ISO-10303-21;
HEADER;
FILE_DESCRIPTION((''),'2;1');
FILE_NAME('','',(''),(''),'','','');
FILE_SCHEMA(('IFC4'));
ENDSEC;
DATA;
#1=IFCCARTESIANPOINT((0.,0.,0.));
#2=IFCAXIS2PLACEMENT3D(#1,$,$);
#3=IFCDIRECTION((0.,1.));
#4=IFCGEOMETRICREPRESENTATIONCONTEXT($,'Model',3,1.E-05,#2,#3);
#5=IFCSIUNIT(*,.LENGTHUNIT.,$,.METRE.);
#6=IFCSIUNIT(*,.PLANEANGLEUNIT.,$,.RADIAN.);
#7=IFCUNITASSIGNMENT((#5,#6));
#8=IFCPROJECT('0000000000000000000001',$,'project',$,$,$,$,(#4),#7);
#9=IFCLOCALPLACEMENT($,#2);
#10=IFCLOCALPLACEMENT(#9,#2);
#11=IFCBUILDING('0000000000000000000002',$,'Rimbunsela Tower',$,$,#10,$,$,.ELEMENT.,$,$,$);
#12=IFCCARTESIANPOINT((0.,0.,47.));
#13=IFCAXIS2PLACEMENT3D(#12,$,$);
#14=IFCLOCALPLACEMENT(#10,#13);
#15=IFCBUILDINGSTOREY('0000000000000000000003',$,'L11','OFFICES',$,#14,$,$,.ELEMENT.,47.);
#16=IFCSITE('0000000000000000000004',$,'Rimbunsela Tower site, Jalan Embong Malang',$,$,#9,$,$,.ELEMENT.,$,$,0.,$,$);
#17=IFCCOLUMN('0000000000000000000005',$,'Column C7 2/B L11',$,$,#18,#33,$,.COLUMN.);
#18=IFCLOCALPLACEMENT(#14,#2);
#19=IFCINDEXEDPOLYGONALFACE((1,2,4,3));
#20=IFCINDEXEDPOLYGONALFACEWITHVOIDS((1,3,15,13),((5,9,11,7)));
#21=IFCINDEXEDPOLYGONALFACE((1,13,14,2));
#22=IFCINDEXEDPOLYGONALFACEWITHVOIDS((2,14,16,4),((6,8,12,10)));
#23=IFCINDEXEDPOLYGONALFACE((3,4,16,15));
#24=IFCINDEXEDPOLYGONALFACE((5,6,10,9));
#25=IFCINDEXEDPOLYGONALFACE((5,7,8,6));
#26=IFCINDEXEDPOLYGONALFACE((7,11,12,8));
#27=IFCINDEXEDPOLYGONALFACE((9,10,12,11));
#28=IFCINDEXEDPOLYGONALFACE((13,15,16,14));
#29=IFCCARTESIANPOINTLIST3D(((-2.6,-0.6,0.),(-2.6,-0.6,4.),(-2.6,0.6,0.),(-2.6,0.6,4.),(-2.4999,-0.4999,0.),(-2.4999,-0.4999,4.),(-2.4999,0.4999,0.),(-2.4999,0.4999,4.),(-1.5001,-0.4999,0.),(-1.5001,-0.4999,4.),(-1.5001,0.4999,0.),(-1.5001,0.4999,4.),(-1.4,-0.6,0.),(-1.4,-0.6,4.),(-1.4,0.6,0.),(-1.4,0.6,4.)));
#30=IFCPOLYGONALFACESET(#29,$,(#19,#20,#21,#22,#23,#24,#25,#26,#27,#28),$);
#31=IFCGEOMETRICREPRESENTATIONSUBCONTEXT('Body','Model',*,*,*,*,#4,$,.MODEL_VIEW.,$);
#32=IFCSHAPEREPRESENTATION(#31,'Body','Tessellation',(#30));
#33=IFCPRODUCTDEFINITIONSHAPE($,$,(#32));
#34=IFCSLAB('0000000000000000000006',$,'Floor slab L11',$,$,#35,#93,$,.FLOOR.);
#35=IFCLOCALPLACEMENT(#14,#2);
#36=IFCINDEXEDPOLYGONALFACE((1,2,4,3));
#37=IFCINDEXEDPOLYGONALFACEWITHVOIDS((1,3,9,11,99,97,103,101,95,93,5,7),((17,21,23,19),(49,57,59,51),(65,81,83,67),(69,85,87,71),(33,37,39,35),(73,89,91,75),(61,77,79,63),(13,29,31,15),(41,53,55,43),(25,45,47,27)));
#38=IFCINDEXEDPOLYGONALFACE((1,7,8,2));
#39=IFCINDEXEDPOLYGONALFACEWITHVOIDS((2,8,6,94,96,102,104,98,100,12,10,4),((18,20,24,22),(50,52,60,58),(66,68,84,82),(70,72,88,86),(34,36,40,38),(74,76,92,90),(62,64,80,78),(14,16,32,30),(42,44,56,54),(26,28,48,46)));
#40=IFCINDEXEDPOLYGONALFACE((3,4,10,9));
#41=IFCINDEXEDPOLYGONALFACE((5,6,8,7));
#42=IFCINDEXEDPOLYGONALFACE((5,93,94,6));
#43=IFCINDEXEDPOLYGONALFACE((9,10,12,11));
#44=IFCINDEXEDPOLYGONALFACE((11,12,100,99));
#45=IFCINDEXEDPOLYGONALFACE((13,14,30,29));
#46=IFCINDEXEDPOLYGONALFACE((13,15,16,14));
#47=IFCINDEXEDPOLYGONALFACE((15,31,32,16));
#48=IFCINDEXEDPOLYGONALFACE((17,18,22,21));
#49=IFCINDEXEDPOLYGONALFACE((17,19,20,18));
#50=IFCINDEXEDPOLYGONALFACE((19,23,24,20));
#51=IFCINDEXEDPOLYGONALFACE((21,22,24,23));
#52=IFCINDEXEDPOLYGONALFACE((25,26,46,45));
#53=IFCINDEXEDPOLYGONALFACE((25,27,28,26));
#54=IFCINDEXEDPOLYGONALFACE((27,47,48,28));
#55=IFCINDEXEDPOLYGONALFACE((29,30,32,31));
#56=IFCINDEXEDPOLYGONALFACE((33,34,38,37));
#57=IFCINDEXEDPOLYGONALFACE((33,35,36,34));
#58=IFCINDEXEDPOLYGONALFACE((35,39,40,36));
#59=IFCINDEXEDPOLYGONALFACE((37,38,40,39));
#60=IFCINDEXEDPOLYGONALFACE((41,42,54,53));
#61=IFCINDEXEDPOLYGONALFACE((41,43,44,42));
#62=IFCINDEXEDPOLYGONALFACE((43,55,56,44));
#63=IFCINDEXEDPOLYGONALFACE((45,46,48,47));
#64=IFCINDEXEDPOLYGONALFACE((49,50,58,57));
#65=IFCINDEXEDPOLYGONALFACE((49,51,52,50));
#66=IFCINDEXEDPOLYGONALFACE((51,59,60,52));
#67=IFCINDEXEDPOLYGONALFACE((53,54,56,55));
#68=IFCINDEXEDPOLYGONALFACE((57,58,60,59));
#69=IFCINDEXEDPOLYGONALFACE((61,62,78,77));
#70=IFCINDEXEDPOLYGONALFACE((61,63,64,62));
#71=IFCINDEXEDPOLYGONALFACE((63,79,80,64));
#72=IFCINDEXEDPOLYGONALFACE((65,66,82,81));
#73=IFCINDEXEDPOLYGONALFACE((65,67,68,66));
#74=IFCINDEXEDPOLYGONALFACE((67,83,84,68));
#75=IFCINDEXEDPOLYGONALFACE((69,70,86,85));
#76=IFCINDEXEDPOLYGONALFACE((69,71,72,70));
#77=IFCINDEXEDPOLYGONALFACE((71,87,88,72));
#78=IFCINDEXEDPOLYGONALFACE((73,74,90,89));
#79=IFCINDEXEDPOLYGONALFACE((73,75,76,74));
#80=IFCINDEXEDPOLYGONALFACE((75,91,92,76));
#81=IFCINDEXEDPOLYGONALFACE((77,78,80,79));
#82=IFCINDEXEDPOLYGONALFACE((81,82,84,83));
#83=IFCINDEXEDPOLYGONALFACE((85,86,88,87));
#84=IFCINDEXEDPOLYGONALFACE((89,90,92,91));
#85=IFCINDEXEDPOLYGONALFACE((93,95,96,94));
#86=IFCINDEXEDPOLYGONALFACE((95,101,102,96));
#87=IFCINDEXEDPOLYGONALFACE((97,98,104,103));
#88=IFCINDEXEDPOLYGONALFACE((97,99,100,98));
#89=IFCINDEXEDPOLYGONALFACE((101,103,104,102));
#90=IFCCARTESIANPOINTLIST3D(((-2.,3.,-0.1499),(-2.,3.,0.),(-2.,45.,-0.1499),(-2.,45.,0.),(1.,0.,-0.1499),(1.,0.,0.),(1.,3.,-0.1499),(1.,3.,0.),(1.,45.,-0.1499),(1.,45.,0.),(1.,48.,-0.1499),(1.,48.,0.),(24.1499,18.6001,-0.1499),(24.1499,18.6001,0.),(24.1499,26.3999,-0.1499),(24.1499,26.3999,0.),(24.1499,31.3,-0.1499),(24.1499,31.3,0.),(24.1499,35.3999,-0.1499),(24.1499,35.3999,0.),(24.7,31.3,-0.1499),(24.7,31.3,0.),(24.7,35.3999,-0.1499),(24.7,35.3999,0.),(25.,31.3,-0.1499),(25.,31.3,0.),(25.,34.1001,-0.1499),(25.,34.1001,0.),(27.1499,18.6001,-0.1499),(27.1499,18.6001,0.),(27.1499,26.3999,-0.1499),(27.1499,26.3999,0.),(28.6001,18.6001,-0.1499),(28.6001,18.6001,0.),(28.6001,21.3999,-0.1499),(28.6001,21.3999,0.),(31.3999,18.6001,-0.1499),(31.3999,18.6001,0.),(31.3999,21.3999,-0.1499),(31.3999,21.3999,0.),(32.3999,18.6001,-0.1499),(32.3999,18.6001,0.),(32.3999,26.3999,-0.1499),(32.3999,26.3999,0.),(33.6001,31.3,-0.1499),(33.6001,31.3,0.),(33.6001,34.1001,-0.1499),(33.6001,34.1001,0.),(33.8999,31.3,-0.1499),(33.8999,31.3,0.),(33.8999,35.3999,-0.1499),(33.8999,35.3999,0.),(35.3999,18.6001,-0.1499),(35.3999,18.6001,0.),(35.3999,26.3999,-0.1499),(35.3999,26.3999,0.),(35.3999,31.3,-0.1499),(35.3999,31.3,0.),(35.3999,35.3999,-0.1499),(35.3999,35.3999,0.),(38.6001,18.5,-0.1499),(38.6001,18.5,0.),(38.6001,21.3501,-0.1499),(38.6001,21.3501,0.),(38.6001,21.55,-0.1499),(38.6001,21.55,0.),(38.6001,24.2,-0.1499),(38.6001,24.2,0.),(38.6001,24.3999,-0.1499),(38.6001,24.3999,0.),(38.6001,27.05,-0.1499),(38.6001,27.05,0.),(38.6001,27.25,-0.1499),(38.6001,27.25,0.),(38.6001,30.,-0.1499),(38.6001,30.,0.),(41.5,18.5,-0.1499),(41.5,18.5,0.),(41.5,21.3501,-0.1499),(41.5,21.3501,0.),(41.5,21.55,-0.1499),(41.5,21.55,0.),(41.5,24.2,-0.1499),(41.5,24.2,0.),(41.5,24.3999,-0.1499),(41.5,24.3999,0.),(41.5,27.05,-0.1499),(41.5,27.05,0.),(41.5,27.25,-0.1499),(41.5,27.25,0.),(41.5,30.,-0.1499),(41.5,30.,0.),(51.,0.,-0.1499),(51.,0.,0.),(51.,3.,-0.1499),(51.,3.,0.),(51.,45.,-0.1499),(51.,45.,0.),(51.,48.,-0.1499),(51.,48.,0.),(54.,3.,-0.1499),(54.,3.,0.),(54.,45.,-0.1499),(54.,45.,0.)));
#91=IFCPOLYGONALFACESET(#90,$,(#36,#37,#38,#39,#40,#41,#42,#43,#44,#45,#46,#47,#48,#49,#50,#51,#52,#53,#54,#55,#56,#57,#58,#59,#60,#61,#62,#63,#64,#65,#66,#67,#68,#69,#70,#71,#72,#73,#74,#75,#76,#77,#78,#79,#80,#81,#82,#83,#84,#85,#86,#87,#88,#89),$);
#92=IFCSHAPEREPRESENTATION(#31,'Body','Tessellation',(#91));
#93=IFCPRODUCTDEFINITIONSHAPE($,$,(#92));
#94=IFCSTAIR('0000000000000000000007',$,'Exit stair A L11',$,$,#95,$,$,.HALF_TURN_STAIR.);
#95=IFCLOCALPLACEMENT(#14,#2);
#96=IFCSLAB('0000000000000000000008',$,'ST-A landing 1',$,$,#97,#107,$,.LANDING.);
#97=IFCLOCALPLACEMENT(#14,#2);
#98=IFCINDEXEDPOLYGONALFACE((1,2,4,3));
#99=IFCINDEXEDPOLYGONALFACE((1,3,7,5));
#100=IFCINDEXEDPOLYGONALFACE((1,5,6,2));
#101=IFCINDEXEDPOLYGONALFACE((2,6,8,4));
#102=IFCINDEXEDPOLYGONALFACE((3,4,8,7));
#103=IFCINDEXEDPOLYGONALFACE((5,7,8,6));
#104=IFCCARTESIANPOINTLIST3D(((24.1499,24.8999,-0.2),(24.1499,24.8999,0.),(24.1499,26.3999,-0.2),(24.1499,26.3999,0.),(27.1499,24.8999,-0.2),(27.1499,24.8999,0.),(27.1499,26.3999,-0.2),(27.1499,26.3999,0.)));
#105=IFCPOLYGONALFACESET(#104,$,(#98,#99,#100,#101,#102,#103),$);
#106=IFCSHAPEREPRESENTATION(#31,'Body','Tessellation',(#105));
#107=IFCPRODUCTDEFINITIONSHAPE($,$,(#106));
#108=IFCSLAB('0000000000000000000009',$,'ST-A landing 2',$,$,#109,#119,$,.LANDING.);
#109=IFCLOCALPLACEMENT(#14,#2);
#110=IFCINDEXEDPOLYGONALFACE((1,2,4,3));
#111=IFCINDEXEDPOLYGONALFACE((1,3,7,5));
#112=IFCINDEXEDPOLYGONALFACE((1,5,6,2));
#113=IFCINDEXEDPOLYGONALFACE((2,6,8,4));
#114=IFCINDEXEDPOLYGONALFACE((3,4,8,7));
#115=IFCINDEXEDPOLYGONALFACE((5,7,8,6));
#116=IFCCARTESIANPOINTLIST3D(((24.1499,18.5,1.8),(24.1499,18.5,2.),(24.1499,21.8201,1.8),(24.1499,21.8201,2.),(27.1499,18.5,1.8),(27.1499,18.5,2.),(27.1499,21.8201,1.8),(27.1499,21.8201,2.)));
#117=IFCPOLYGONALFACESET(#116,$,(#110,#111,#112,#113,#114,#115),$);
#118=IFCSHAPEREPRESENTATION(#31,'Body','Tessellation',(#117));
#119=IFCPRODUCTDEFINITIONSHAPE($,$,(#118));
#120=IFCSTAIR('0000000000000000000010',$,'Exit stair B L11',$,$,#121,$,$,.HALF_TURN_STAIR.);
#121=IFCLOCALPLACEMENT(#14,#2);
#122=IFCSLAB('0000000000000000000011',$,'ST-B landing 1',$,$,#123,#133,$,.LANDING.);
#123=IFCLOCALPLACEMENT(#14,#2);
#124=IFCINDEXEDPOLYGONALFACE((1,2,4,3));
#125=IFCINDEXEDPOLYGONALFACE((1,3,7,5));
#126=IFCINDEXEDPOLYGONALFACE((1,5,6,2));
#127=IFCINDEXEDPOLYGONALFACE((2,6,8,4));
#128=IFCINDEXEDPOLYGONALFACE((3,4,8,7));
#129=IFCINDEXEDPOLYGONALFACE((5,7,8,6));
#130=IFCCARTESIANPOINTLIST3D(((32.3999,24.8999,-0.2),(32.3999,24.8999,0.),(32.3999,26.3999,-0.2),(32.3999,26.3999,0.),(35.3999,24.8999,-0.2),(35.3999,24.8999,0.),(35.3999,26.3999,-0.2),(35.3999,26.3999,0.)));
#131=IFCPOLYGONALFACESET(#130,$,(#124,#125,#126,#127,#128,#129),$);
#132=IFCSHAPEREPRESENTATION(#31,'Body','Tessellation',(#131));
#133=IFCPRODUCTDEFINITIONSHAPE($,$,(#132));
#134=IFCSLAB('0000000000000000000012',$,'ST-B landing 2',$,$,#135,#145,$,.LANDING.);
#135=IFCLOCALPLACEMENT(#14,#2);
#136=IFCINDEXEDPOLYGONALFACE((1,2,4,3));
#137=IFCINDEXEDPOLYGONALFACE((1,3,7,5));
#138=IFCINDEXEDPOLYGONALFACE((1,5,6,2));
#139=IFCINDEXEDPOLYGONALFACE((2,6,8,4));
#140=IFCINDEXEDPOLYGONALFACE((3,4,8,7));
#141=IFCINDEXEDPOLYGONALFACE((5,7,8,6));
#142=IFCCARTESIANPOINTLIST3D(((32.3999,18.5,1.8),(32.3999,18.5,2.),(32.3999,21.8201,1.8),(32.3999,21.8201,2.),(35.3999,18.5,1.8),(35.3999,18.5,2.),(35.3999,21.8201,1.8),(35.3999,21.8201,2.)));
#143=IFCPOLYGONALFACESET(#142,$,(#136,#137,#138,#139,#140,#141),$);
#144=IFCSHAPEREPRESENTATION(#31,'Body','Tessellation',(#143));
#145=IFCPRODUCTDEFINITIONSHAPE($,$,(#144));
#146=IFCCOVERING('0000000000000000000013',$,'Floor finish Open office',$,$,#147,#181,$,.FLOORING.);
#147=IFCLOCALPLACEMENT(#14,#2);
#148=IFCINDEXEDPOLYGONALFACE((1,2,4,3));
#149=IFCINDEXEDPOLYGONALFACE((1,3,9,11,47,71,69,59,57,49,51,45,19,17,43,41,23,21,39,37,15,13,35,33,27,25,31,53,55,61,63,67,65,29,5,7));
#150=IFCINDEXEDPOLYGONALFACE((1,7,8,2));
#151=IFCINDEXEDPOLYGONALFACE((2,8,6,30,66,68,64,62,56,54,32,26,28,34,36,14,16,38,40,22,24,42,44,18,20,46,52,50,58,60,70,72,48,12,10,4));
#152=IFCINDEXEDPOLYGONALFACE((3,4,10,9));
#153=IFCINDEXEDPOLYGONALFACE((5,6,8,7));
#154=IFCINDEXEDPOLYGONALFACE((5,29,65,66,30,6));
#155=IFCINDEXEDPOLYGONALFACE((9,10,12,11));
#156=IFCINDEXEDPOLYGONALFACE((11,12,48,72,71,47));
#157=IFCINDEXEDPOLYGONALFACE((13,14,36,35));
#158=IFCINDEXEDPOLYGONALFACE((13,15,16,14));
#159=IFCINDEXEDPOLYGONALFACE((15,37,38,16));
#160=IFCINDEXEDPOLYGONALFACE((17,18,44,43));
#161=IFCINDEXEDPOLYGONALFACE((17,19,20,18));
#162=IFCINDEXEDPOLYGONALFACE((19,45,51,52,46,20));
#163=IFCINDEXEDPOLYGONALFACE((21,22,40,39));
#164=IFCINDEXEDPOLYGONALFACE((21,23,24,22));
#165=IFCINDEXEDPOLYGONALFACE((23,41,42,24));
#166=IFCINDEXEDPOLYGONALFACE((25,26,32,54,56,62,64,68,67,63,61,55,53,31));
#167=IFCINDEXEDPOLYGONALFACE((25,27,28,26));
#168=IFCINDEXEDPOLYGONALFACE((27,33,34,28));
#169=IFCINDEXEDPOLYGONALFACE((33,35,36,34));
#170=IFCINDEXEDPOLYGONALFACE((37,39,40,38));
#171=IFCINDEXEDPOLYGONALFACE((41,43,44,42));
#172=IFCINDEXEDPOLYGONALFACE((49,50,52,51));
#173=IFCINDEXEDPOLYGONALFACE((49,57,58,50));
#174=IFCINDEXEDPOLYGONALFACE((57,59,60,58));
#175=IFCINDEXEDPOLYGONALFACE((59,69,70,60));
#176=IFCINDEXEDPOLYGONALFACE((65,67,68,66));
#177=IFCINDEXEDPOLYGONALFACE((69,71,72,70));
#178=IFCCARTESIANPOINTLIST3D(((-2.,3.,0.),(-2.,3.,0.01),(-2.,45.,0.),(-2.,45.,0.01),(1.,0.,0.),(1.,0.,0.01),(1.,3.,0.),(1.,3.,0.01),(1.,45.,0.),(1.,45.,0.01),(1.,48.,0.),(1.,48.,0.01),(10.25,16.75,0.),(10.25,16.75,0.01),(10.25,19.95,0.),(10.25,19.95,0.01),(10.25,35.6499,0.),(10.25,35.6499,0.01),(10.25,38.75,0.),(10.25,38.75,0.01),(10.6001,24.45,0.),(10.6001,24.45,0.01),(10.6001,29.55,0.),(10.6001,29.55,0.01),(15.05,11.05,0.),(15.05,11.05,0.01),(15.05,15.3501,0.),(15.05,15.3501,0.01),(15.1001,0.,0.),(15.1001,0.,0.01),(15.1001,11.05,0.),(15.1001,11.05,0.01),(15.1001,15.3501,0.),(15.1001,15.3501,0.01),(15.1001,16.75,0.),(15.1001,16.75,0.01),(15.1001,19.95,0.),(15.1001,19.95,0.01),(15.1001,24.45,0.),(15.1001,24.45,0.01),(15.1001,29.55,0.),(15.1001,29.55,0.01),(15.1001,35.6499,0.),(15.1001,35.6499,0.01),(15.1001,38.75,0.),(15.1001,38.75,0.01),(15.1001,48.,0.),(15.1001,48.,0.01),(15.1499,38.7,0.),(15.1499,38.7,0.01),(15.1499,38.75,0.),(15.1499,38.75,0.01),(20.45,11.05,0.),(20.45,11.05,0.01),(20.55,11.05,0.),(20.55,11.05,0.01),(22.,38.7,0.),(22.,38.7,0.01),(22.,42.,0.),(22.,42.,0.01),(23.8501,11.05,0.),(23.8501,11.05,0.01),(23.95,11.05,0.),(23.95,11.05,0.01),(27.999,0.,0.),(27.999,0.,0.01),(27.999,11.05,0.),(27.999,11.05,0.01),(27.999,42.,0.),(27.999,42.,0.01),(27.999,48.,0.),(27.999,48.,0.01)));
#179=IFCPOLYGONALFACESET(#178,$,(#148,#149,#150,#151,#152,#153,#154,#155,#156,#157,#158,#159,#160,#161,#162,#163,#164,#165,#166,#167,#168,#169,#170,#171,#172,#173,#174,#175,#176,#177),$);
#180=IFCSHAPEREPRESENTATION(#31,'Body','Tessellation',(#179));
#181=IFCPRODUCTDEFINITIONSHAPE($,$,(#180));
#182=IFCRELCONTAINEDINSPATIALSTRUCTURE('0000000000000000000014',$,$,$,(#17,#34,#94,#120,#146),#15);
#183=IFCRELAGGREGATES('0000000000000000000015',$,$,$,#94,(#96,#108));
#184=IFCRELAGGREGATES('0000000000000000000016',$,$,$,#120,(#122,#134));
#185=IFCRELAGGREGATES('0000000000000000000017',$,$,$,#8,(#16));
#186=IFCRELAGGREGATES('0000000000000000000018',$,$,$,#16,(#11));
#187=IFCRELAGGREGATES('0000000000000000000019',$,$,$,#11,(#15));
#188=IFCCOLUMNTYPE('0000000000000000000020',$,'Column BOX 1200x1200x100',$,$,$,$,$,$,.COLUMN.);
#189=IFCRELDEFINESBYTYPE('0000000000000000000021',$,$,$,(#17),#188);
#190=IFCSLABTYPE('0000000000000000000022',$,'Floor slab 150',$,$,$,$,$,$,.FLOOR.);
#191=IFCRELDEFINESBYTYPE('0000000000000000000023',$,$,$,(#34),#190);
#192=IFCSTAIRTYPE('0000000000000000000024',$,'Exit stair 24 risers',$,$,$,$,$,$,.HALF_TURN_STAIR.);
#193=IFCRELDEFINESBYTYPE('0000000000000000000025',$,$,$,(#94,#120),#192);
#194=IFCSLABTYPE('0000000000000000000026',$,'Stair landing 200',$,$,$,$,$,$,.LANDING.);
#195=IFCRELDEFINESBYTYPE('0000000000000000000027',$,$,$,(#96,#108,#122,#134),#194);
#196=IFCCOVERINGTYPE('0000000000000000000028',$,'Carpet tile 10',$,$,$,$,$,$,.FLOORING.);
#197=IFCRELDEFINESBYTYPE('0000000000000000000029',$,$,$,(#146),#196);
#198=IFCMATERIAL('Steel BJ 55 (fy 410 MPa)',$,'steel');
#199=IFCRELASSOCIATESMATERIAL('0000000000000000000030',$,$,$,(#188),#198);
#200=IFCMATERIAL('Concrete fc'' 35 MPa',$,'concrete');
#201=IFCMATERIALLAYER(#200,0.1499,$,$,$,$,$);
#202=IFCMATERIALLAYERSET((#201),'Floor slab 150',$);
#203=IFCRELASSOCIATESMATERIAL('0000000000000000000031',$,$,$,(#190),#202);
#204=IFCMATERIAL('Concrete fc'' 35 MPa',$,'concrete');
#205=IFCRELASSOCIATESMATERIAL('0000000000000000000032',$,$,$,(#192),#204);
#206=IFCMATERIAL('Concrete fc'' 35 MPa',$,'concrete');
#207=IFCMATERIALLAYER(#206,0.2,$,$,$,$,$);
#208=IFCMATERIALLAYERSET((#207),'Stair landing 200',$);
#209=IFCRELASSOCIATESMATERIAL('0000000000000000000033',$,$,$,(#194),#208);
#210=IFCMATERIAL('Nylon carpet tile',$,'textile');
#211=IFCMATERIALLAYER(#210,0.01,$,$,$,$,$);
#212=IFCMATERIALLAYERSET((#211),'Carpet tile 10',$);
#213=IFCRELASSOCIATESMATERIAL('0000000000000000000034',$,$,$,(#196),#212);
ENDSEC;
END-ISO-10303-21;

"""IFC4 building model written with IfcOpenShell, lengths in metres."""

from ifc_helpers import new_model, si_unit, direction, frame, origin, origin_2d, place, context, subcontext, project, spatial, polyline, hollow_rectangle, outline, extrude, material, layer, layer_set, material_profile, profile_set, type_object, element, aggregate, save


model = new_model("IFC4")

# Units and contexts
model_context = context("Model", 3, precision=1e-05, world=origin(), true_north=direction((0.0, 1.0)))
body_context = subcontext(model_context, "Body", "Model", "MODEL_VIEW")
ifc_project = project(units=[si_unit("LENGTHUNIT", "METRE"), si_unit("PLANEANGLEUNIT", "RADIAN")], contexts=[model_context])

# Site, building, storey
site_placement = place(None, origin())
site = spatial("IfcSite", under=ifc_project, at=site_placement, Name="Rimbunsela Tower site, Jalan Embong Malang", CompositionType="ELEMENT", RefElevation=0.0)
building_placement = place(site_placement, origin())
building = spatial("IfcBuilding", under=site, at=building_placement, Name="Rimbunsela Tower", CompositionType="ELEMENT")
storey_placement = place(building_placement, frame((0.0, 0.0, 47.0)))
storey = spatial("IfcBuildingStorey", under=building, at=storey_placement, Name="L11", Description="OFFICES", CompositionType="ELEMENT", Elevation=47.0)

# Column
ifc_material_1 = material(Name="Steel BJ 55 (fy 410 MPa)", Category="steel")
ifc_material_profile = material_profile(ifc_material_1, hollow_rectangle(XDim=1.2, YDim=1.2, WallThickness=0.1001, at=origin_2d()), Name="BOX 1200x1200x100")
ifc_profile_set = profile_set([ifc_material_profile], Name="Steel BJ 55 (fy 410 MPa)")
column_type = type_object("IfcColumnType", Name="Column BOX 1200x1200x100", PredefinedType="COLUMN", material=ifc_profile_set)
column_placement = place(storey_placement, frame((-2.0, 0.0, 0.0), z_axis=(0.0, 0.0, 1.0), x_axis=(1.0, 0.0, 0.0)))
element("IfcColumn", 1, at=column_placement, inside=storey, type_object=column_type, Name="Column C7 2/B L11", PredefinedType="COLUMN", context=body_context, shape_type="SweptSolid", body=[
    extrude(hollow_rectangle(XDim=1.2, YDim=1.2, WallThickness=0.1001, at=origin_2d()), origin(), (0.0, 0.0, 1.0), 4.0),
])

# Slab
ifc_material_2 = material(Name="Concrete fc' 35 MPa", Category="concrete")
ifc_layer_1 = layer(ifc_material_2, 0.1499)
ifc_layer_set_1 = layer_set([ifc_layer_1], Name="Floor slab 150")
slab_type_1 = type_object("IfcSlabType", Name="Floor slab 150", PredefinedType="FLOOR", material=ifc_layer_set_1)
slab_1_placement = place(storey_placement, frame((0.0, 0.0, -0.1499)))
element("IfcSlab", 2, at=slab_1_placement, inside=storey, type_object=slab_type_1, Name="Floor slab L11", PredefinedType="FLOOR", context=body_context, shape_type="SweptSolid", body=[
    extrude(outline(polyline([(1.0, 0.0), (51.0, 0.0), (51.0, 3.0), (54.0, 3.0), (54.0, 45.0), (51.0, 45.0), (51.0, 48.0), (1.0, 48.0), (1.0, 45.0), (-2.0, 45.0), (-2.0, 3.0), (1.0, 3.0), (1.0, 0.0)]), holes=[polyline([(27.1499, 18.6001), (27.1499, 26.3999), (24.1499, 26.3999), (24.1499, 18.6001), (27.1499, 18.6001)]), polyline([(24.7, 31.3), (24.7, 35.3999), (24.1499, 35.3999), (24.1499, 31.3), (24.7, 31.3)]), polyline([(25.0, 34.1001), (25.0, 31.3), (33.6001, 31.3), (33.6001, 34.1001), (25.0, 34.1001)]), polyline([(31.3999, 21.3999), (28.6001, 21.3999), (28.6001, 18.6001), (31.3999, 18.6001), (31.3999, 21.3999)]), polyline([(35.3999, 18.6001), (35.3999, 26.3999), (32.3999, 26.3999), (32.3999, 18.6001), (35.3999, 18.6001)]), polyline([(35.3999, 31.3), (35.3999, 35.3999), (33.8999, 35.3999), (33.8999, 31.3), (35.3999, 31.3)]), polyline([(41.5, 21.3501), (38.6001, 21.3501), (38.6001, 18.5), (41.5, 18.5), (41.5, 21.3501)]), polyline([(41.5, 21.55), (41.5, 24.2), (38.6001, 24.2), (38.6001, 21.55), (41.5, 21.55)]), polyline([(41.5, 27.05), (38.6001, 27.05), (38.6001, 24.3999), (41.5, 24.3999), (41.5, 27.05)]), polyline([(41.5, 27.25), (41.5, 30.0), (38.6001, 30.0), (38.6001, 27.25), (41.5, 27.25)])]), origin(), (0.0, 0.0, 1.0), 0.1499),
])

# Stairs, slabs
ifc_material_3 = material(Name="Concrete fc' 35 MPa", Category="concrete")
stair_type = type_object("IfcStairType", Name="Exit stair 24 risers", PredefinedType="HALF_TURN_STAIR", material=ifc_material_3)
stair_1_placement = place(storey_placement, origin())
stair_1 = element("IfcStair", 3, at=stair_1_placement, inside=storey, type_object=stair_type, Name="Exit stair A L11", PredefinedType="HALF_TURN_STAIR")
ifc_material_4 = material(Name="Concrete fc' 35 MPa", Category="concrete")
ifc_layer_2 = layer(ifc_material_4, 0.2)
ifc_layer_set_2 = layer_set([ifc_layer_2], Name="Stair landing 200")
slab_type_2 = type_object("IfcSlabType", Name="Stair landing 200", PredefinedType="LANDING", material=ifc_layer_set_2)
slab_2_placement = place(storey_placement, frame((0.0, 0.0, -0.2)))
slab_2 = element("IfcSlab", 4, at=slab_2_placement, type_object=slab_type_2, Name="ST-A landing 1", PredefinedType="LANDING", context=body_context, shape_type="SweptSolid", body=[
    extrude(outline(polyline([(24.1499, 24.8999), (27.1499, 24.8999), (27.1499, 26.3999), (24.1499, 26.3999), (24.1499, 24.8999)])), origin(), (0.0, 0.0, 1.0), 0.2),
])
slab_3_placement = place(storey_placement, frame((0.0, 0.0, 1.8)))
slab_3 = element("IfcSlab", 5, at=slab_3_placement, type_object=slab_type_2, Name="ST-A landing 2", PredefinedType="LANDING", context=body_context, shape_type="SweptSolid", body=[
    extrude(outline(polyline([(24.1499, 18.5), (27.1499, 18.5), (27.1499, 21.8201), (24.1499, 21.8201), (24.1499, 18.5)])), origin(), (0.0, 0.0, 1.0), 0.2),
])
aggregate(stair_1, [slab_2, slab_3])
stair_2_placement = place(storey_placement, origin())
stair_2 = element("IfcStair", 6, at=stair_2_placement, inside=storey, type_object=stair_type, Name="Exit stair B L11", PredefinedType="HALF_TURN_STAIR")
slab_4_placement = place(storey_placement, frame((0.0, 0.0, -0.2)))
slab_4 = element("IfcSlab", 7, at=slab_4_placement, type_object=slab_type_2, Name="ST-B landing 1", PredefinedType="LANDING", context=body_context, shape_type="SweptSolid", body=[
    extrude(outline(polyline([(32.3999, 24.8999), (35.3999, 24.8999), (35.3999, 26.3999), (32.3999, 26.3999), (32.3999, 24.8999)])), origin(), (0.0, 0.0, 1.0), 0.2),
])
slab_5_placement = place(storey_placement, frame((0.0, 0.0, 1.8)))
slab_5 = element("IfcSlab", 8, at=slab_5_placement, type_object=slab_type_2, Name="ST-B landing 2", PredefinedType="LANDING", context=body_context, shape_type="SweptSolid", body=[
    extrude(outline(polyline([(32.3999, 18.5), (35.3999, 18.5), (35.3999, 21.8201), (32.3999, 21.8201), (32.3999, 18.5)])), origin(), (0.0, 0.0, 1.0), 0.2),
])
aggregate(stair_2, [slab_4, slab_5])

# Covering
ifc_material_5 = material(Name="Nylon carpet tile", Category="textile")
ifc_layer_3 = layer(ifc_material_5, 0.01)
ifc_layer_set_3 = layer_set([ifc_layer_3], Name="Carpet tile 10")
covering_type_1 = type_object("IfcCoveringType", Name="Carpet tile 10", PredefinedType="FLOORING", material=ifc_layer_set_3)
covering_1_placement = place(storey_placement, origin())
element("IfcCovering", 9, at=covering_1_placement, inside=storey, type_object=covering_type_1, Name="Floor finish Open office", PredefinedType="FLOORING", context=body_context, shape_type="SweptSolid", body=[
    extrude(outline(polyline([(20.55, 11.05), (23.8501, 11.05), (23.95, 11.05), (27.999, 11.05), (27.999, 0.0), (15.1001, 0.0), (1.0, 0.0), (1.0, 3.0), (-2.0, 3.0), (-2.0, 45.0), (1.0, 45.0), (1.0, 48.0), (15.1001, 48.0), (27.999, 48.0), (27.999, 42.0), (22.0, 42.0), (22.0, 38.7), (15.1499, 38.7), (15.1499, 38.75), (15.1001, 38.75), (10.25, 38.75), (10.25, 35.6499), (15.1001, 35.6499), (15.1001, 29.55), (10.6001, 29.55), (10.6001, 24.45), (15.1001, 24.45), (15.1001, 19.95), (10.25, 19.95), (10.25, 16.75), (15.1001, 16.75), (15.1001, 15.3501), (15.05, 15.3501), (15.05, 11.05), (15.1001, 11.05), (20.45, 11.05), (20.55, 11.05)])), origin(), (0.0, 0.0, 1.0), 0.01),
])

save(model, "model.ifc")
